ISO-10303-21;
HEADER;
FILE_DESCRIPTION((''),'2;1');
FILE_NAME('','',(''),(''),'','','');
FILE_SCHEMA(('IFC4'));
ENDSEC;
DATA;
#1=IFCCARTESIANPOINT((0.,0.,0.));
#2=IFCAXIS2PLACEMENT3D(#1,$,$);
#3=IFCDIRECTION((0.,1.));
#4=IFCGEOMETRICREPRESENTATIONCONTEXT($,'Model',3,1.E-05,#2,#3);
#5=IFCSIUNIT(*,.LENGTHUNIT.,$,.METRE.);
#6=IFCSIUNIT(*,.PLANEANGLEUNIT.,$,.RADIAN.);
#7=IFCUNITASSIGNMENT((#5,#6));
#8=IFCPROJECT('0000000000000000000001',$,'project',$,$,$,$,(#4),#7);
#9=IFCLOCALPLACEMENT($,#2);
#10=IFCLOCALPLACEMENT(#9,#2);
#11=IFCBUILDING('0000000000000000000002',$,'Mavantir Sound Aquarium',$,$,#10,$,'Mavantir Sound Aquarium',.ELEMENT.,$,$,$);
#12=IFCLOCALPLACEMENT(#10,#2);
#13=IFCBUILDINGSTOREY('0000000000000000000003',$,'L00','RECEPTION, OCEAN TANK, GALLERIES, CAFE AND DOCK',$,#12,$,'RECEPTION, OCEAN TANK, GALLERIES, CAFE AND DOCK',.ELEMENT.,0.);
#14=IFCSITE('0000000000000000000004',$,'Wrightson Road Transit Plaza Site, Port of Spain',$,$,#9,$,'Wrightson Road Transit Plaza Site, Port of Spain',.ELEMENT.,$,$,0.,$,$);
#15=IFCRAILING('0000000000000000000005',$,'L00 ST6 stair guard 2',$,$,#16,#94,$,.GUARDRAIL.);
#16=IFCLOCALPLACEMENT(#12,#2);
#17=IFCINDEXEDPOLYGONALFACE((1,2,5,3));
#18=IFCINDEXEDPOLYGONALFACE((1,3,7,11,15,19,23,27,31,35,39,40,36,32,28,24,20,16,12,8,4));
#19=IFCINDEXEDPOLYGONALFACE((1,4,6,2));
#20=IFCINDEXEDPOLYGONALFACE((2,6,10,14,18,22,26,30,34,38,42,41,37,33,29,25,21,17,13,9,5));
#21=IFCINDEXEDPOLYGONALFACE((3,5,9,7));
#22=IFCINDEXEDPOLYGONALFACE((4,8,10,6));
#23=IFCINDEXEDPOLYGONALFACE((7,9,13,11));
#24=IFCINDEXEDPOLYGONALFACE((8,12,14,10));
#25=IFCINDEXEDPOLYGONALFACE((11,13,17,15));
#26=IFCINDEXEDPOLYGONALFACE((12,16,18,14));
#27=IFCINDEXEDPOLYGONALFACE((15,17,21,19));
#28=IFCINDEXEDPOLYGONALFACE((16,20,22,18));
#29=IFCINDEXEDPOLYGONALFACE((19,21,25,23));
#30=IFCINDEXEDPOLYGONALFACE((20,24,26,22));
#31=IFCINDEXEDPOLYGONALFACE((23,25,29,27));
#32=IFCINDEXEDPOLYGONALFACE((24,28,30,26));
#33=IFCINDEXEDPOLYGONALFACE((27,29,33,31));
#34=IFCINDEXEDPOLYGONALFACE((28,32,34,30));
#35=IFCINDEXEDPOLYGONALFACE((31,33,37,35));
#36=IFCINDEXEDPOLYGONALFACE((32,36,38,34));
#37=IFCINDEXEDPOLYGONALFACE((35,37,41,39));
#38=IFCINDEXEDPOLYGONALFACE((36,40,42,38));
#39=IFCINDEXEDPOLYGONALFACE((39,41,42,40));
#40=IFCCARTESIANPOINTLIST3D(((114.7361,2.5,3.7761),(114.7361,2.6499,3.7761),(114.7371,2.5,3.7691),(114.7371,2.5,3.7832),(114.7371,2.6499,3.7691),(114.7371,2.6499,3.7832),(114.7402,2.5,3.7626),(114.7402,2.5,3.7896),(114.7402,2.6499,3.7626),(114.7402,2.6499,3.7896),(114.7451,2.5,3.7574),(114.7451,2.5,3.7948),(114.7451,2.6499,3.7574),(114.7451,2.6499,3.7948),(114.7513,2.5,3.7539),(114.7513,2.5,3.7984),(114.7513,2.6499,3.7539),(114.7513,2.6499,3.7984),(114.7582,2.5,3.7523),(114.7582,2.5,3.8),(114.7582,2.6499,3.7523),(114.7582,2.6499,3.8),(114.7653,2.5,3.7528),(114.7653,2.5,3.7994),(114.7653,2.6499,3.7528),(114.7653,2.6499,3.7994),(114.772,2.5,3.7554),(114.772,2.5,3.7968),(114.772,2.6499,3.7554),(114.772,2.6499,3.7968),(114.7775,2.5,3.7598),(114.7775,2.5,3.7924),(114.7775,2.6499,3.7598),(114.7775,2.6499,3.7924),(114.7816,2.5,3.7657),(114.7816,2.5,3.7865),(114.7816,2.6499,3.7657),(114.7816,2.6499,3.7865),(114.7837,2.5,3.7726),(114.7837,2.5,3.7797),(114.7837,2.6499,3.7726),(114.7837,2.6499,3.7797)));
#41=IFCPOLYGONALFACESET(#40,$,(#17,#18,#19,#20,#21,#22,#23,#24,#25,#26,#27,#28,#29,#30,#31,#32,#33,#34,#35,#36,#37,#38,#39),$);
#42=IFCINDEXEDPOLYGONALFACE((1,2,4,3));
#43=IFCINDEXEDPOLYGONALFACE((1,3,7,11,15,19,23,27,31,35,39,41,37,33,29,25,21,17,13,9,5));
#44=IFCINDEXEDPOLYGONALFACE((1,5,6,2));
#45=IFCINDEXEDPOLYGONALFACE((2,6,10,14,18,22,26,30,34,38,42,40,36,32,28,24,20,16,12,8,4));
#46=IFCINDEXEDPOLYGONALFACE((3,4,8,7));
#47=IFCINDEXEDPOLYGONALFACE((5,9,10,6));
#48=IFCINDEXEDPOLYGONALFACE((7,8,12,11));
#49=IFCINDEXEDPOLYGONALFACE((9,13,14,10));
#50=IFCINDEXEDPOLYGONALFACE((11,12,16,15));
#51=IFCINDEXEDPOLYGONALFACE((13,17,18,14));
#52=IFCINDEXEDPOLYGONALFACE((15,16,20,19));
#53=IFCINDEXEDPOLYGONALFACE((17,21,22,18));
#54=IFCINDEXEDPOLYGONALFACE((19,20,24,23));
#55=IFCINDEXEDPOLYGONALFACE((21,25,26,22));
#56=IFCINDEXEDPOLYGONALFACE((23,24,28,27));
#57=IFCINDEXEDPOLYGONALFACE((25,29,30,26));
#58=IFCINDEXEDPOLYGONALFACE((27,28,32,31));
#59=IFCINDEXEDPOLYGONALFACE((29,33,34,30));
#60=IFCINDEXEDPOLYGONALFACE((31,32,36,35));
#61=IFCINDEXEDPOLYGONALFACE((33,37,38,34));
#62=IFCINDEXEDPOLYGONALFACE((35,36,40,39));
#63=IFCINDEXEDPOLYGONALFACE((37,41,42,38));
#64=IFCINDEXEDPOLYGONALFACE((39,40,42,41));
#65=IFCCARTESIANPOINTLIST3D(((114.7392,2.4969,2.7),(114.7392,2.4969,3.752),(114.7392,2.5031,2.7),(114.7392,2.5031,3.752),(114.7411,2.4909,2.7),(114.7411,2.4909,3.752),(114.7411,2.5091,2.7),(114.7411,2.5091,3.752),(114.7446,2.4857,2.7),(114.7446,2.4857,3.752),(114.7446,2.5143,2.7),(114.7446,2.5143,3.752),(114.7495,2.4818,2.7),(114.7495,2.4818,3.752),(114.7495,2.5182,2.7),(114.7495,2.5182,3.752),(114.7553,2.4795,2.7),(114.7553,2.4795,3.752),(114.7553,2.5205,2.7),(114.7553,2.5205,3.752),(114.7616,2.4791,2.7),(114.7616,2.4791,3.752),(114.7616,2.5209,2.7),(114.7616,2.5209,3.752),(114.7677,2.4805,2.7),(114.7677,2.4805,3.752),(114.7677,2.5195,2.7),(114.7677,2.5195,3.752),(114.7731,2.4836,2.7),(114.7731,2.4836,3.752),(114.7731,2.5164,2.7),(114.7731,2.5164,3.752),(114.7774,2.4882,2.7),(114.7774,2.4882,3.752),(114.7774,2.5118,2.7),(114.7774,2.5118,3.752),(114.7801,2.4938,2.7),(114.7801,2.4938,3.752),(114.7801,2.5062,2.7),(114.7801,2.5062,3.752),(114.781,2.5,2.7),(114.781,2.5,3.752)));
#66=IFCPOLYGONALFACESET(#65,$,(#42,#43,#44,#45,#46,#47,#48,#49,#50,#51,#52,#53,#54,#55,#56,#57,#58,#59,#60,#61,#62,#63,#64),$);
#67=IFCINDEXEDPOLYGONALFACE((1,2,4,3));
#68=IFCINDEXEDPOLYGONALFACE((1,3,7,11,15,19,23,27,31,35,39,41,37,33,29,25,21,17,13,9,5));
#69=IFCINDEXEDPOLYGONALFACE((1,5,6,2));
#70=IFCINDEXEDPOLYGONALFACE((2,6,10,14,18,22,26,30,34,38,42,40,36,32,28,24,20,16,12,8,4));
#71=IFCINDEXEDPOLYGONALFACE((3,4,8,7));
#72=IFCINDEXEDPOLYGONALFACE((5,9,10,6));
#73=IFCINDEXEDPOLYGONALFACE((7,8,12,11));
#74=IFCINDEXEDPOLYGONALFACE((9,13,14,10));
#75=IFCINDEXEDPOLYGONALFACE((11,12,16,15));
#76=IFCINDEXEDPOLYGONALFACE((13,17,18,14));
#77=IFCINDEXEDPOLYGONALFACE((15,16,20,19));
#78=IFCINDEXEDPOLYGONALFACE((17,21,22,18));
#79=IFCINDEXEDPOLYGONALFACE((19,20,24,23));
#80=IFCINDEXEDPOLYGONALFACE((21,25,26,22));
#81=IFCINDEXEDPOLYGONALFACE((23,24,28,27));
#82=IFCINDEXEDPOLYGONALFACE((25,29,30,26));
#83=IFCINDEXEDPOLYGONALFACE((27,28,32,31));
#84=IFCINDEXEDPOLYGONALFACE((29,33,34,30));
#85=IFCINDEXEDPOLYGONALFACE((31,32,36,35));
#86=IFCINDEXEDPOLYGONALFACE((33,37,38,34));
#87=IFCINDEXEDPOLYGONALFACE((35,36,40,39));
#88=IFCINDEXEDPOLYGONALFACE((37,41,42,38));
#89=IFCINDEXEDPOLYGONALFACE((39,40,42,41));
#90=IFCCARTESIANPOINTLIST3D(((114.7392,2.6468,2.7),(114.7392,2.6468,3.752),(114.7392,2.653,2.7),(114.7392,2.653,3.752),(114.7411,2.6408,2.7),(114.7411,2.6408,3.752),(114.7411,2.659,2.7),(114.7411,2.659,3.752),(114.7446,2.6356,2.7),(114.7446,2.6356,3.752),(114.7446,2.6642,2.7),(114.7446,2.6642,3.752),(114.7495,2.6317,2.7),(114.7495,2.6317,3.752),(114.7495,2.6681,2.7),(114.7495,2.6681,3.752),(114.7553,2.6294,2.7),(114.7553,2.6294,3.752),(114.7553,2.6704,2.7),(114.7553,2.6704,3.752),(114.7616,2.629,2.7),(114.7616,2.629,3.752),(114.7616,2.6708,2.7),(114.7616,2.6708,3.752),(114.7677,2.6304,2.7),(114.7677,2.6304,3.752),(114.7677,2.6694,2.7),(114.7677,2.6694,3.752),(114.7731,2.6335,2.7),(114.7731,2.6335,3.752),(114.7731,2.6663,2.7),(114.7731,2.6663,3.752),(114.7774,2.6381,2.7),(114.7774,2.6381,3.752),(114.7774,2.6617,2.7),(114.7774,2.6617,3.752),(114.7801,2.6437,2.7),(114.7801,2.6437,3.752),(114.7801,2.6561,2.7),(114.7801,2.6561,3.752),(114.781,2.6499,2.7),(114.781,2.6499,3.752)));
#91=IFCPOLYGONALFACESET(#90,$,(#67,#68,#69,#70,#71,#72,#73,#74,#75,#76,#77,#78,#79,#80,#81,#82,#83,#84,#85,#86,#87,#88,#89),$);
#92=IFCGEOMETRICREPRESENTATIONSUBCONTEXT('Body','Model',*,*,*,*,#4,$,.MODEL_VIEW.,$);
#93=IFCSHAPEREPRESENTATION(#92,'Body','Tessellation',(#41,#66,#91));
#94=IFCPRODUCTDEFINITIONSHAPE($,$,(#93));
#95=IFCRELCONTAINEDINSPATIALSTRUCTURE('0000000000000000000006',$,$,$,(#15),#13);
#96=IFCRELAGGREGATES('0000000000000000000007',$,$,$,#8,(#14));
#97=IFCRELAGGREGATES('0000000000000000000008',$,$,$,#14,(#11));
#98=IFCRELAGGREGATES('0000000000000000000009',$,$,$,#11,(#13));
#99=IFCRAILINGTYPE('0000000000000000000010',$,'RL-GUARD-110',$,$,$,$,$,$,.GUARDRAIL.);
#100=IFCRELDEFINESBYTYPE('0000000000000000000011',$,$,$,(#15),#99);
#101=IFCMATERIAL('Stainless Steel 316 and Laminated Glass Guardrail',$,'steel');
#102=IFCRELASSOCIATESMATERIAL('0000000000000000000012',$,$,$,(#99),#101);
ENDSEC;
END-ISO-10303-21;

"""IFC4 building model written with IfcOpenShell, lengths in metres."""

from ifc_helpers import new_model, si_unit, direction, frame, origin, origin_2d, place, context, subcontext, project, spatial, circle, extrude, material, type_object, element, save


model = new_model("IFC4")

# Units and contexts
model_context = context("Model", 3, precision=1e-05, world=origin(), true_north=direction((0.0, 1.0)))
body_context = subcontext(model_context, "Body", "Model", "MODEL_VIEW")
ifc_project = project(units=[si_unit("LENGTHUNIT", "METRE"), si_unit("PLANEANGLEUNIT", "RADIAN")], contexts=[model_context])

# Site, building, storey
site_placement = place(None, origin())
site = spatial("IfcSite", under=ifc_project, at=site_placement, Name="Wrightson Road Transit Plaza Site, Port of Spain", LongName="Wrightson Road Transit Plaza Site, Port of Spain", CompositionType="ELEMENT", RefElevation=0.0)
building_placement = place(site_placement, origin())
building = spatial("IfcBuilding", under=site, at=building_placement, Name="Mavantir Sound Aquarium", LongName="Mavantir Sound Aquarium", CompositionType="ELEMENT")
storey_placement = place(building_placement, origin())
storey = spatial("IfcBuildingStorey", under=building, at=storey_placement, Name="L00", Description="RECEPTION, OCEAN TANK, GALLERIES, CAFE AND DOCK", LongName="RECEPTION, OCEAN TANK, GALLERIES, CAFE AND DOCK", CompositionType="ELEMENT", Elevation=0.0)

# Railing
ifc_material_1 = material(Name="Stainless Steel 316 and Laminated Glass Guardrail", Category="steel")
railing_type_1 = type_object("IfcRailingType", Name="RL-GUARD-110", PredefinedType="GUARDRAIL", material=ifc_material_1)
railing_1_placement = place(storey_placement, frame((114.76, 2.5, 2.7)))
element("IfcRailing", 1, at=railing_1_placement, inside=storey, type_object=railing_type_1, Name="L00 ST6 stair guard 2", PredefinedType="GUARDRAIL", context=body_context, shape_type="SweptSolid", body=[
    extrude(circle(Radius=0.0239, at=origin_2d()), frame((0.0, 0.0, 1.0762), z_axis=(0.0, 1.0, 0.0), x_axis=(-1.0, 0.0, 0.0)), (0.0, 0.0, 1.0), 0.1499),
    extrude(circle(Radius=0.021, at=origin_2d()), origin(), (0.0, 0.0, 1.0), 1.052),
    extrude(circle(Radius=0.021, at=origin_2d()), frame((0.0, 0.1499, 0.0)), (0.0, 0.0, 1.0), 1.052),
])

save(model, "model.ifc")
